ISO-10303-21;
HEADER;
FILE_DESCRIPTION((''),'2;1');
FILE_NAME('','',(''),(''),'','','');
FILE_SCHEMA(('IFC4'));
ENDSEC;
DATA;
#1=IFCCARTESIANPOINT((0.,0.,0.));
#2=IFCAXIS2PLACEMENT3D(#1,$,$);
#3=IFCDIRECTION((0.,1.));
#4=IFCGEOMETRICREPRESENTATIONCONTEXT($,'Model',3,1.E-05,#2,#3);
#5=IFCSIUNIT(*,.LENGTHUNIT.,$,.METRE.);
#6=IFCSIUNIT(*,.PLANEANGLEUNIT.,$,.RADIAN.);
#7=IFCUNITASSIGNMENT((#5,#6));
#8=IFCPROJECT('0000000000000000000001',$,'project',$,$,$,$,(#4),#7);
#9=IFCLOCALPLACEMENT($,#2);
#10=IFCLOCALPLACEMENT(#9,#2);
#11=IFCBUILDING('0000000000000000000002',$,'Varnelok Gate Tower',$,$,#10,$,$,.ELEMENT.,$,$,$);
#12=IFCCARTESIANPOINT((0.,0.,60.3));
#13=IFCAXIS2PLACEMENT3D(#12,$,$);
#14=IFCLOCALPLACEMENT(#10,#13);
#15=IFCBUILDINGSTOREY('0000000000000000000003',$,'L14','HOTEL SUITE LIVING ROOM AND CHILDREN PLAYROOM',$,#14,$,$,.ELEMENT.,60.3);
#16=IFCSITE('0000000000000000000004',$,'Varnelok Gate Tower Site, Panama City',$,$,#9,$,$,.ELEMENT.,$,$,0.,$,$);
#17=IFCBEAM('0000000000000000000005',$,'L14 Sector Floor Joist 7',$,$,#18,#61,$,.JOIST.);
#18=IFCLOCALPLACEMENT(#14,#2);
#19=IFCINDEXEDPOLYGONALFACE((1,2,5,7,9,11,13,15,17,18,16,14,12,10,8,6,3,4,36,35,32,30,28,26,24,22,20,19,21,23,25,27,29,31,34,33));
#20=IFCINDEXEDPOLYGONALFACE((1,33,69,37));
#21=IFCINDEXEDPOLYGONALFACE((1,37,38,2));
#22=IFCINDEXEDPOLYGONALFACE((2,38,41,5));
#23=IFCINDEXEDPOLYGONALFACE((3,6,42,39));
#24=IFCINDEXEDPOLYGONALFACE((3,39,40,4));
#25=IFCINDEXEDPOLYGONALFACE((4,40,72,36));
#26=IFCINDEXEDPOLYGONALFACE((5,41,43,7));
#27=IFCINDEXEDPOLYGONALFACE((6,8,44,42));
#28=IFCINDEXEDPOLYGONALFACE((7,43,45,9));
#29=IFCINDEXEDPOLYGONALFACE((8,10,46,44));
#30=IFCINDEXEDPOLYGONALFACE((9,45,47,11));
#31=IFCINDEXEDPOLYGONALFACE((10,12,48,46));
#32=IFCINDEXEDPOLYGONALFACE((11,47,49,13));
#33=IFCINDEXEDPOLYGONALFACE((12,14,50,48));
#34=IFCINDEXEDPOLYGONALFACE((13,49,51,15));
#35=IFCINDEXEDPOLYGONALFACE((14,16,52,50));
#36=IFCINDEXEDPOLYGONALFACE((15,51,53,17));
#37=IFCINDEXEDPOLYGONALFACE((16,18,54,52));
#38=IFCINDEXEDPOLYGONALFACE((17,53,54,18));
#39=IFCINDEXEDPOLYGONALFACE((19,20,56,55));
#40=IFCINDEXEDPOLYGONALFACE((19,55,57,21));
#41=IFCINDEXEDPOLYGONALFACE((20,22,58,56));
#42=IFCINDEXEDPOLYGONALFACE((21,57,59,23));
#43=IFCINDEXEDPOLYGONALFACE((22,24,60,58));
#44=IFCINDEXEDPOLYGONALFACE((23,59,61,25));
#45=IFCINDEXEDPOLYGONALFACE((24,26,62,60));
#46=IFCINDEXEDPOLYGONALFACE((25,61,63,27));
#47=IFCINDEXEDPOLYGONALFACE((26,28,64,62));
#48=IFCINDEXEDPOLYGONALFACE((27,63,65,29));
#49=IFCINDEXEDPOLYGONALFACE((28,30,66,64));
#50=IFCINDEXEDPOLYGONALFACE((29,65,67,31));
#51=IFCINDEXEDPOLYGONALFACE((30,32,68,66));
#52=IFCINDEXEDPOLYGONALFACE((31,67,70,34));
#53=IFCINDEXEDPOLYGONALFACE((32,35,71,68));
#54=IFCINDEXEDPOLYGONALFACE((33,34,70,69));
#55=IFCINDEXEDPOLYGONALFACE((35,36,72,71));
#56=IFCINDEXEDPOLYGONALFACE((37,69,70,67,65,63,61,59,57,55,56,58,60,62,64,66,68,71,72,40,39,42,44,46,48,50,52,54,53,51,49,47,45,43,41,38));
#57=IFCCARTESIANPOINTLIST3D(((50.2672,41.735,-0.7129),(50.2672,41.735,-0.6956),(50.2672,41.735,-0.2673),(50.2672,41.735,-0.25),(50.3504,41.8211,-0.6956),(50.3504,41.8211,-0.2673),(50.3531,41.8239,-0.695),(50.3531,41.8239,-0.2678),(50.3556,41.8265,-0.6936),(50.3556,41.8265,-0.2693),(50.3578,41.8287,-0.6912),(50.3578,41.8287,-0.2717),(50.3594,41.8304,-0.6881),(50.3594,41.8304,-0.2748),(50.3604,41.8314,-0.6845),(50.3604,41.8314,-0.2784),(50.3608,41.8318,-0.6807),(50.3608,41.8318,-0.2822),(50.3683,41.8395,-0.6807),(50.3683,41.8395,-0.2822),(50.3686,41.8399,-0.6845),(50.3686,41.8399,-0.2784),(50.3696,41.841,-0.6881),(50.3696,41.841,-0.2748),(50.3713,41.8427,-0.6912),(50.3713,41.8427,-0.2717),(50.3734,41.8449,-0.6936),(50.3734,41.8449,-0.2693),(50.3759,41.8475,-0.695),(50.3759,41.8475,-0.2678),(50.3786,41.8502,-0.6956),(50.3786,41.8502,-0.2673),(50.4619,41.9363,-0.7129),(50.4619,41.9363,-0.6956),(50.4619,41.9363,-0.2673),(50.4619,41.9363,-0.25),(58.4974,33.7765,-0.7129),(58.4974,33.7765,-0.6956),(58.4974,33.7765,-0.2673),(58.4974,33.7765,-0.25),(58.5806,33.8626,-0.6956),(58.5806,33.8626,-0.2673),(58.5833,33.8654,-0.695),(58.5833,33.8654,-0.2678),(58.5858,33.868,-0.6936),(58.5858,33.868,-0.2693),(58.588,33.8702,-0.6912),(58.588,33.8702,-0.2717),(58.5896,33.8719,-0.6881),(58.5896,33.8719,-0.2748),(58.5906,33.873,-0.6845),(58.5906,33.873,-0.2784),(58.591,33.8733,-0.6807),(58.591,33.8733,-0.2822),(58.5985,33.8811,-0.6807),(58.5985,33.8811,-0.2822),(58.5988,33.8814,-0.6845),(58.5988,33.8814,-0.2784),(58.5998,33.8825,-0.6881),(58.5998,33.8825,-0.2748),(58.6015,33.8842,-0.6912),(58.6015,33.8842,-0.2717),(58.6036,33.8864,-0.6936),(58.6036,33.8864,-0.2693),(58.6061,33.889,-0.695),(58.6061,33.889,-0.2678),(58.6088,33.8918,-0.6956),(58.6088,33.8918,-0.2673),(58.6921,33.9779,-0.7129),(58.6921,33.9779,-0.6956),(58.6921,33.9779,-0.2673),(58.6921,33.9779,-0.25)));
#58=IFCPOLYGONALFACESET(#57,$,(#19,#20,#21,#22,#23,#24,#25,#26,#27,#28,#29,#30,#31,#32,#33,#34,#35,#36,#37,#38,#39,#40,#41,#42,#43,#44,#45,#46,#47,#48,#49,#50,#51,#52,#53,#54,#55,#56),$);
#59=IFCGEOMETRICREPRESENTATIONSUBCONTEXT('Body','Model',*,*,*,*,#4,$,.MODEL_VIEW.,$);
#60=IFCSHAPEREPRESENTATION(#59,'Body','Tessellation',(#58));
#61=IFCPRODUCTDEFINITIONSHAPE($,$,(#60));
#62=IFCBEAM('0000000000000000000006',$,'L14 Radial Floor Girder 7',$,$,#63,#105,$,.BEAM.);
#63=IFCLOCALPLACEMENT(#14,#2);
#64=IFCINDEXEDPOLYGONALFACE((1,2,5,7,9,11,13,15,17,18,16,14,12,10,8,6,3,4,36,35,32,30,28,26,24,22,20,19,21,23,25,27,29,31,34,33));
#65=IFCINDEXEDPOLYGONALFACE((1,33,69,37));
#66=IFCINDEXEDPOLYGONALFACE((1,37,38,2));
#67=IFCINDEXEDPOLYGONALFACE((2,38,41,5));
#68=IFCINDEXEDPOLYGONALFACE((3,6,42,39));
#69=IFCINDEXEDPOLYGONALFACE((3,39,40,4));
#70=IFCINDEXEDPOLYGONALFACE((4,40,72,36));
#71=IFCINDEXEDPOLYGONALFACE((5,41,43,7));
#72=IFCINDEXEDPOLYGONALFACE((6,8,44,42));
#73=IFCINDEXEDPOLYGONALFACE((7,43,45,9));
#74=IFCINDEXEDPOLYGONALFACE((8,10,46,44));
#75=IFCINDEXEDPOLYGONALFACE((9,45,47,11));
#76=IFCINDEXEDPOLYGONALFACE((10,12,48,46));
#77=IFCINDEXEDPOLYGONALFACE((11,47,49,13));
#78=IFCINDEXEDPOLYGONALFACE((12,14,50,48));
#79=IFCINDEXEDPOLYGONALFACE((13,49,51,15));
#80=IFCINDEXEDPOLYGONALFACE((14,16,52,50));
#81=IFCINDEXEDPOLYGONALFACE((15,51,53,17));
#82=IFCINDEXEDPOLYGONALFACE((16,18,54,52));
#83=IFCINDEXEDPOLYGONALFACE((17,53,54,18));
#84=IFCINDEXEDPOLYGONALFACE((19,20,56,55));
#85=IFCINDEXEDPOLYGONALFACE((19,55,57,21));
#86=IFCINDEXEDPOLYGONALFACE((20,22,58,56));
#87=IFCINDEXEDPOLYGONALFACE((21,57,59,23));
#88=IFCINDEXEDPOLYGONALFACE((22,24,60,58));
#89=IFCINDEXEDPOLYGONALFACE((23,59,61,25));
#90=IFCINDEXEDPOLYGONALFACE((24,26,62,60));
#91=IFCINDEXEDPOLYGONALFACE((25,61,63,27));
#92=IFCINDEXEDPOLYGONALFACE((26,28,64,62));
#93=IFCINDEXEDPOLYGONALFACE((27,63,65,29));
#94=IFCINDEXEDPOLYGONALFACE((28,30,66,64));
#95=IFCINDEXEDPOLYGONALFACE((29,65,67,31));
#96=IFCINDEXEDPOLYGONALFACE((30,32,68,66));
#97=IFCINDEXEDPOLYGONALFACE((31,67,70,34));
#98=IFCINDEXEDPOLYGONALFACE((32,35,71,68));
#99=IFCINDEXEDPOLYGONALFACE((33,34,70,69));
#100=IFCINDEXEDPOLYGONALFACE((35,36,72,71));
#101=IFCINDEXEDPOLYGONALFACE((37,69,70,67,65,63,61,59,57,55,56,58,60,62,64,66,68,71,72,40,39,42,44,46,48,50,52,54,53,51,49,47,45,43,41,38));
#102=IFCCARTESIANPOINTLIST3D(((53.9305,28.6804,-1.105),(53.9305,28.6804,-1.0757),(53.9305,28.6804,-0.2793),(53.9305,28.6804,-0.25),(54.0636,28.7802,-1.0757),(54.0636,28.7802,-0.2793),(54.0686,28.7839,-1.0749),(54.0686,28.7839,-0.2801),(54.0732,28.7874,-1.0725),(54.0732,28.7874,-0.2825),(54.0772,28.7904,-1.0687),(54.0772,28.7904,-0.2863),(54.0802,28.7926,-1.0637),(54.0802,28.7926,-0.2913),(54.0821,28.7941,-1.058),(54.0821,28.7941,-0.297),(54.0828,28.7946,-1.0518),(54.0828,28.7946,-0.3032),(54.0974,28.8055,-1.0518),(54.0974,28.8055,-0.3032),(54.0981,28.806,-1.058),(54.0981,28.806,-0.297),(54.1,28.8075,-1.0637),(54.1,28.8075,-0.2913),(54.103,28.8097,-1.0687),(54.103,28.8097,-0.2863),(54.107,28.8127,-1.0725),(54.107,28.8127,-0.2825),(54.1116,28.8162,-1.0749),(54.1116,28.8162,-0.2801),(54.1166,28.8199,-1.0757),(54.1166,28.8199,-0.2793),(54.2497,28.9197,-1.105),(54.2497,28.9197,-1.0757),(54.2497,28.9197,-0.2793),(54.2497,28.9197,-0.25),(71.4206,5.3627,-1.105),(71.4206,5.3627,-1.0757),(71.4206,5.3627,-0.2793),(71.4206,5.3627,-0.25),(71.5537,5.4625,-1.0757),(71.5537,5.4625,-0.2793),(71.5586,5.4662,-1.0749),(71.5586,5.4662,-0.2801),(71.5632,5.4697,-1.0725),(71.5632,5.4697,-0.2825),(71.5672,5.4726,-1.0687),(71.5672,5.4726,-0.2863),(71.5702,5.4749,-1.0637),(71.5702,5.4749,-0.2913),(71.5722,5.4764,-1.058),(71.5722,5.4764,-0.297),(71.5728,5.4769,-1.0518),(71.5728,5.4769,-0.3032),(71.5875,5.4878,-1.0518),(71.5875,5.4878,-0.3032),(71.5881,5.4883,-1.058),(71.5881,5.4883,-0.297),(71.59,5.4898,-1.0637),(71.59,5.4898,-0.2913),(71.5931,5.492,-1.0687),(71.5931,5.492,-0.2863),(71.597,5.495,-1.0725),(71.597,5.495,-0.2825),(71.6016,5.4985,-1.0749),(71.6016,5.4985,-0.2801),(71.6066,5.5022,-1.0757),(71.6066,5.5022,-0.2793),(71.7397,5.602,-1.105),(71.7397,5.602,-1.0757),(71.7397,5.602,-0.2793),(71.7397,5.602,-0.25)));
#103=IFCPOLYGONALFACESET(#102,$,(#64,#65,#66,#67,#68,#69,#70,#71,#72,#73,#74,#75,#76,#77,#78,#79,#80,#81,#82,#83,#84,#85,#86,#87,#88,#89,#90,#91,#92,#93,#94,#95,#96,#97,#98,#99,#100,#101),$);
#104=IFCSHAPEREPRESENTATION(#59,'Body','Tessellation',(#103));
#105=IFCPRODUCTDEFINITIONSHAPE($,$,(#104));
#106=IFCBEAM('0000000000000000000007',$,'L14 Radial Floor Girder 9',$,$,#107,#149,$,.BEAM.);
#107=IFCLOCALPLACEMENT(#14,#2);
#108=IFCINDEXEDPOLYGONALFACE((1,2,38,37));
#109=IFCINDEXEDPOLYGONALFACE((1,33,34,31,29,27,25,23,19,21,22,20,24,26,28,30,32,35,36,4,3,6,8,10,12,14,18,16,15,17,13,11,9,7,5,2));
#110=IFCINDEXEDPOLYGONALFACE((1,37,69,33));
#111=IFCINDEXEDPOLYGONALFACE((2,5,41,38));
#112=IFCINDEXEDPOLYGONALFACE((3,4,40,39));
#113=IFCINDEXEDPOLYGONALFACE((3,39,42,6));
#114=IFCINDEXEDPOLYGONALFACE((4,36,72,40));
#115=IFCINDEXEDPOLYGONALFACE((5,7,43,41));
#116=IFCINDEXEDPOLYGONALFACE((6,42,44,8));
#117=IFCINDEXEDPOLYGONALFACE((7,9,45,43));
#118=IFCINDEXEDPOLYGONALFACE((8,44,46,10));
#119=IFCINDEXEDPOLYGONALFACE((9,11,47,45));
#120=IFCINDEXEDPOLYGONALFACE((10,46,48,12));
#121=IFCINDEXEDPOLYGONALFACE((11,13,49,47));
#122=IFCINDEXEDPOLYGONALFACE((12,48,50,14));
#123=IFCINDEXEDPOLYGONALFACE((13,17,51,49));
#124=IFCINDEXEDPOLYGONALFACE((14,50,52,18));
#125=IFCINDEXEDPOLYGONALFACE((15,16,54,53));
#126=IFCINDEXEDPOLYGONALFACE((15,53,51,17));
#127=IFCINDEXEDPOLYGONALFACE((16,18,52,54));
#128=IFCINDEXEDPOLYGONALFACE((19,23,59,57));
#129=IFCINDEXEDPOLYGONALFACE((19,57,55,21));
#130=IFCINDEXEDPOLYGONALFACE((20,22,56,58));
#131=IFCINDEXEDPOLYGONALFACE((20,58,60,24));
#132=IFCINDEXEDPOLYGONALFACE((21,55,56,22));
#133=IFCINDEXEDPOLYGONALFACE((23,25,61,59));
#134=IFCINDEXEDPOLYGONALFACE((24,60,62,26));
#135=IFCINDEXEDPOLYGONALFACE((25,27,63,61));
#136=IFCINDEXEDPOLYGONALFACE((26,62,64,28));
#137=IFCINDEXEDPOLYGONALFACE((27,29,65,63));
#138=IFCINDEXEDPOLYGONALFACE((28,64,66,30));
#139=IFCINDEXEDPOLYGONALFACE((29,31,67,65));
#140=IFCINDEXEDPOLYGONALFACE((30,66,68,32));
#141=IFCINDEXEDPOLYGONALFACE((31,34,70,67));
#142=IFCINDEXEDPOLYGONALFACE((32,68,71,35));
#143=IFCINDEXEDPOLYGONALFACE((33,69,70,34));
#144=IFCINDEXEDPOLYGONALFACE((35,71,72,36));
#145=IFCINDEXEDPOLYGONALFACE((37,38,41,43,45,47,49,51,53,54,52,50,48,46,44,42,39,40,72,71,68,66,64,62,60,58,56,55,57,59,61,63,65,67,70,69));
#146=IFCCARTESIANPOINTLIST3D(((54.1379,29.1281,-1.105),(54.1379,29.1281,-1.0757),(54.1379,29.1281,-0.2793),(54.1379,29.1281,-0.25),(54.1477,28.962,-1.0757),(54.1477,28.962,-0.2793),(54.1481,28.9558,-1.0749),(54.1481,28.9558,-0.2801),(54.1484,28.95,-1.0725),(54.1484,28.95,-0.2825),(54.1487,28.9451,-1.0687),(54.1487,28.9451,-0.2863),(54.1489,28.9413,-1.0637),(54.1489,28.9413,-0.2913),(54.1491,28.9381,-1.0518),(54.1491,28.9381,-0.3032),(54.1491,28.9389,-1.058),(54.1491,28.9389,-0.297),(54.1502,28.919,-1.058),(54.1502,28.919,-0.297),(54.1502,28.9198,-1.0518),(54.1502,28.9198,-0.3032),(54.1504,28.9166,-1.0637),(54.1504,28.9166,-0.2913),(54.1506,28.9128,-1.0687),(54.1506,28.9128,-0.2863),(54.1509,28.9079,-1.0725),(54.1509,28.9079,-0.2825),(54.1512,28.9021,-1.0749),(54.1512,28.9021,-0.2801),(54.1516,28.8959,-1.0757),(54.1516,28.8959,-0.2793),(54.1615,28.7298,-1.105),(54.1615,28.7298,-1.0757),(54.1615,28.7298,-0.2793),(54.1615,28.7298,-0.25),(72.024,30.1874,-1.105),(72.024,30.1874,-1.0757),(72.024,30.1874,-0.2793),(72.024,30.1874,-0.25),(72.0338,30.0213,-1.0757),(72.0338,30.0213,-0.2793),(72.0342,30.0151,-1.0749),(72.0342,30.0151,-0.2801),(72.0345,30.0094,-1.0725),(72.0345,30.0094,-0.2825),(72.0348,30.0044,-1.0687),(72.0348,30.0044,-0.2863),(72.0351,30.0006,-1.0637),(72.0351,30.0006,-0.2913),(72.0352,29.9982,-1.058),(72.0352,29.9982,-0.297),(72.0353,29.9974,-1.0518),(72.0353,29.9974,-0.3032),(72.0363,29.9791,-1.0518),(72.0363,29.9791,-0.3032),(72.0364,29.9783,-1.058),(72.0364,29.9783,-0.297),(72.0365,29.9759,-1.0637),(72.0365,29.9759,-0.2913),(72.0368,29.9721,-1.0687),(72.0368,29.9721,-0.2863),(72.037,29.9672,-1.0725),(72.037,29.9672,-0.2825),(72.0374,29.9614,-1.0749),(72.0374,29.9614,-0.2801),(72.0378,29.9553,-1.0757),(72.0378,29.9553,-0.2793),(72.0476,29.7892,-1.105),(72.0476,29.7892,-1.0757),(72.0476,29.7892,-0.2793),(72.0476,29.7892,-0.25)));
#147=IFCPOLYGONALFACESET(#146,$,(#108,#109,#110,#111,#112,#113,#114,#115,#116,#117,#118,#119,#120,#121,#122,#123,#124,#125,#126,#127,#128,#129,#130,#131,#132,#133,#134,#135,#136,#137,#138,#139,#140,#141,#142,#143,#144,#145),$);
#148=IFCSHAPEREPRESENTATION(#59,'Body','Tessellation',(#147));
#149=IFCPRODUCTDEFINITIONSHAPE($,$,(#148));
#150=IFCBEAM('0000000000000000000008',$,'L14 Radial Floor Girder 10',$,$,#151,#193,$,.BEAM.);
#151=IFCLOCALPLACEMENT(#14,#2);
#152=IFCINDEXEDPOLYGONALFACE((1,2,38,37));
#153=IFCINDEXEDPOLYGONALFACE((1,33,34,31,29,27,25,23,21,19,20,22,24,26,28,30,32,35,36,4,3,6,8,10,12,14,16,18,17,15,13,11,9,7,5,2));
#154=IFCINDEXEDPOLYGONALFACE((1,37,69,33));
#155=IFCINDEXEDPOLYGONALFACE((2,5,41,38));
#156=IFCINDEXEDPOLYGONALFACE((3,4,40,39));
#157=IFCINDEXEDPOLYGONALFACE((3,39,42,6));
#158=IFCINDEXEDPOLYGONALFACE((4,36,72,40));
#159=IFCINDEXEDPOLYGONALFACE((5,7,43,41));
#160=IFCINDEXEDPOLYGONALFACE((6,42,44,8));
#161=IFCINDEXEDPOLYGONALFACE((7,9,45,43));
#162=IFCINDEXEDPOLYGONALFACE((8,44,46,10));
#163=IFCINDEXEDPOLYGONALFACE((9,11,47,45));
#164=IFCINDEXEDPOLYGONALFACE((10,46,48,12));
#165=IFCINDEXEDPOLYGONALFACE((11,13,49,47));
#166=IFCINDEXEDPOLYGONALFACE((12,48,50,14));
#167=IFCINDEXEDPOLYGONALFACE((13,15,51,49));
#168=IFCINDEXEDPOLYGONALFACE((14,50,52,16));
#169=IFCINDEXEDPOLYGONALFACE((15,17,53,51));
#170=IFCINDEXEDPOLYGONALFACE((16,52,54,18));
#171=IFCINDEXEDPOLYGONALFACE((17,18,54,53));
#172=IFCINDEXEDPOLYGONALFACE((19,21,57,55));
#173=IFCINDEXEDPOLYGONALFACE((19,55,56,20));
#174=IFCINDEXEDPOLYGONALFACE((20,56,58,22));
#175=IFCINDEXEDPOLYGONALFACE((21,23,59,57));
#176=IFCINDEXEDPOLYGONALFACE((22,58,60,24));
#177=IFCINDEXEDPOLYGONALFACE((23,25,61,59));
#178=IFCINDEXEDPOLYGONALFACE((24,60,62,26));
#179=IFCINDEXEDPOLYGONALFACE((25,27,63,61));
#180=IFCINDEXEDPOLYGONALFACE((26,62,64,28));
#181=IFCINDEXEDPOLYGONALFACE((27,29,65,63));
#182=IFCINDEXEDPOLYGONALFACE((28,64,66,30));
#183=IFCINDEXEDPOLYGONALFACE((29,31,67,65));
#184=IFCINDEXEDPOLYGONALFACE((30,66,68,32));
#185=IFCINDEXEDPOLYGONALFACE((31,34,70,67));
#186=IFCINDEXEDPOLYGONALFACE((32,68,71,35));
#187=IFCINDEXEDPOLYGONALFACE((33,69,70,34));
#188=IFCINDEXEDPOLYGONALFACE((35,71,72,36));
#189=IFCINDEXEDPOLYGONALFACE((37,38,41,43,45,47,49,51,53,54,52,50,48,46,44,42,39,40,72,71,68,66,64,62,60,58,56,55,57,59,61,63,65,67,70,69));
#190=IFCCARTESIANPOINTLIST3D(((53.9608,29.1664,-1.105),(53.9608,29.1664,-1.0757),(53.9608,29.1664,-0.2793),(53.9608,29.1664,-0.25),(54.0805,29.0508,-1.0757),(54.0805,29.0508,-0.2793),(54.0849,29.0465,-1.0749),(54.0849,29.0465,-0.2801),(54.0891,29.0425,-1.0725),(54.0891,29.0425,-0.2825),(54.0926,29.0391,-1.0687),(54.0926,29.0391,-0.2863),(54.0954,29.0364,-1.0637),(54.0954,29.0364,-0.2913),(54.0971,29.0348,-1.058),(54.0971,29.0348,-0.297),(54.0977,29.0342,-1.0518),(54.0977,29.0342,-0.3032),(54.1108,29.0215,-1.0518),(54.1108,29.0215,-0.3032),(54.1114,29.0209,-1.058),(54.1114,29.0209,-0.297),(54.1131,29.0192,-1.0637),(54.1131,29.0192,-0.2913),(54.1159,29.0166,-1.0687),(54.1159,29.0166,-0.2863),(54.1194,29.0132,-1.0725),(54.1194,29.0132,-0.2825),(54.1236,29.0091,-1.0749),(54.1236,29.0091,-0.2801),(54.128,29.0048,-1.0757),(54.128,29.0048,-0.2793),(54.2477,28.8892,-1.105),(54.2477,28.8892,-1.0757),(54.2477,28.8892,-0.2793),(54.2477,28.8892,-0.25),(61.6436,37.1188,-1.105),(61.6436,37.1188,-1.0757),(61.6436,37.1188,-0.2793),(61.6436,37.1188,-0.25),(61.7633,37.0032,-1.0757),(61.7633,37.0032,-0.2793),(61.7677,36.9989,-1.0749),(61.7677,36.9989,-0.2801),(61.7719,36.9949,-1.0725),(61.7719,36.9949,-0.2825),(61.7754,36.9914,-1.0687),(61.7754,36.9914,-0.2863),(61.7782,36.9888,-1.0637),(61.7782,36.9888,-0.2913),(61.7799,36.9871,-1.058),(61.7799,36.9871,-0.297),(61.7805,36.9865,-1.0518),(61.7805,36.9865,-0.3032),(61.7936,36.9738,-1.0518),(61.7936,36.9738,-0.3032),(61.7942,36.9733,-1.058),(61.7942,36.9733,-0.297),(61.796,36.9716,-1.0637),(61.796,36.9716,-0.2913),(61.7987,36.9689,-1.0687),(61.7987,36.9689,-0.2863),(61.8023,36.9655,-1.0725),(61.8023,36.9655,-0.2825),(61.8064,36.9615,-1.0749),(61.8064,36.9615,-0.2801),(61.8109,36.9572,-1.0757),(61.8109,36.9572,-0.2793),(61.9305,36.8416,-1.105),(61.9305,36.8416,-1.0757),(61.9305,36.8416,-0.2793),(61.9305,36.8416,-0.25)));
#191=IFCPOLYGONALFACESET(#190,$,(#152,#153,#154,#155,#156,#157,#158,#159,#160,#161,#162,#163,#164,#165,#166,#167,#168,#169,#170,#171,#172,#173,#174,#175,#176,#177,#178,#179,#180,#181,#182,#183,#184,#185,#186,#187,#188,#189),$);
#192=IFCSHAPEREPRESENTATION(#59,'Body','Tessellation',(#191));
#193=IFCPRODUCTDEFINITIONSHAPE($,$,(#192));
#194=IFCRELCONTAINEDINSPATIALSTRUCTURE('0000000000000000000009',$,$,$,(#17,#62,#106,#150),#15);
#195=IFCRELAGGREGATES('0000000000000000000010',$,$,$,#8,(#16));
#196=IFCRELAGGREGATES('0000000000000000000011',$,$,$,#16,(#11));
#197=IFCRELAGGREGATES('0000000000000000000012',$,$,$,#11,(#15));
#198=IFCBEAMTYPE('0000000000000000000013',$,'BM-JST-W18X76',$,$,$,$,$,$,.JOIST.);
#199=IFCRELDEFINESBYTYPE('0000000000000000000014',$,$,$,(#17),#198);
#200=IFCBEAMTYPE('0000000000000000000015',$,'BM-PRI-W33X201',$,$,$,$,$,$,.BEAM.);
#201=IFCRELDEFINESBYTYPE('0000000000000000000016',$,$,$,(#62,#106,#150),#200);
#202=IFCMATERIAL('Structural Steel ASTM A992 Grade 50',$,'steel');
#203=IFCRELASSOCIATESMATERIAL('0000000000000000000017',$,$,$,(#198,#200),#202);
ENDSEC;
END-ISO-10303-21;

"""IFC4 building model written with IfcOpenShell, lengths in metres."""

from ifc_helpers import new_model, si_unit, direction, frame, origin, origin_2d, place, context, subcontext, project, spatial, i_section, extrude, material, material_profile, profile_set, type_object, element, save


model = new_model("IFC4")

# Units and contexts
model_context = context("Model", 3, precision=1e-05, world=origin(), true_north=direction((0.0, 1.0)))
body_context = subcontext(model_context, "Body", "Model", "MODEL_VIEW")
ifc_project = project(units=[si_unit("LENGTHUNIT", "METRE"), si_unit("PLANEANGLEUNIT", "RADIAN")], contexts=[model_context])

# Site, building, storey
site_placement = place(None, origin())
site = spatial("IfcSite", under=ifc_project, at=site_placement, Name="Varnelok Gate Tower Site, Panama City", CompositionType="ELEMENT", RefElevation=0.0)
building_placement = place(site_placement, origin())
building = spatial("IfcBuilding", under=site, at=building_placement, Name="Varnelok Gate Tower", CompositionType="ELEMENT")
storey_placement = place(building_placement, frame((0.0, 0.0, 60.3)))
storey = spatial("IfcBuildingStorey", under=building, at=storey_placement, Name="L14", Description="HOTEL SUITE LIVING ROOM AND CHILDREN PLAYROOM", CompositionType="ELEMENT", Elevation=60.3)

# Shared definitions
ifc_material_1 = material(Name="Structural Steel ASTM A992 Grade 50", Category="steel")

# Beams
ifc_material_profile_1 = material_profile(ifc_material_1, i_section(OverallWidth=0.28, OverallDepth=0.4629, WebThickness=0.0107, FlangeThickness=0.0173, FilletRadius=0.0149, at=origin_2d()), Name="W18X76")
ifc_profile_set_1 = profile_set([ifc_material_profile_1], Name="Structural Steel ASTM A992 Grade 50")
beam_type_1 = type_object("IfcBeamType", Name="BM-JST-W18X76", PredefinedType="JOIST", material=ifc_profile_set_1)
beam_1_placement = place(storey_placement, frame((58.5947, 33.8772, -0.4814), z_axis=(-0.718874, 0.69514, 0.0), x_axis=(-0.69514, -0.718874, 0.0)))
element("IfcBeam", 1, at=beam_1_placement, inside=storey, type_object=beam_type_1, Name="L14 Sector Floor Joist 7", PredefinedType="JOIST", context=body_context, shape_type="SweptSolid", body=[
    extrude(i_section(OverallWidth=0.28, OverallDepth=0.4629, WebThickness=0.0107, FlangeThickness=0.0173, FilletRadius=0.0149, at=origin_2d()), origin(), (0.0, 0.0, 1.0), 11.4487),
])
ifc_material_profile_2 = material_profile(ifc_material_1, i_section(OverallWidth=0.3989, OverallDepth=0.855, WebThickness=0.0183, FlangeThickness=0.0293, FilletRadius=0.0239, at=origin_2d()), Name="W33X201")
ifc_profile_set_2 = profile_set([ifc_material_profile_2], Name="Structural Steel ASTM A992 Grade 50")
beam_type_2 = type_object("IfcBeamType", Name="BM-PRI-W33X201", PredefinedType="BEAM", material=ifc_profile_set_2)
beam_2_placement = place(storey_placement, frame((54.0901, 28.8, -0.6775), z_axis=(0.600039, -0.799971, 0.0), x_axis=(0.799971, 0.600039, 0.0)))
element("IfcBeam", 2, at=beam_2_placement, inside=storey, type_object=beam_type_2, Name="L14 Radial Floor Girder 7", PredefinedType="BEAM", context=body_context, shape_type="SweptSolid", body=[
    extrude(i_section(OverallWidth=0.3989, OverallDepth=0.855, WebThickness=0.0183, FlangeThickness=0.0293, FilletRadius=0.0239, at=origin_2d()), origin(), (0.0, 0.0, 1.0), 29.1482),
])
beam_3_placement = place(storey_placement, frame((54.1497, 28.929, -0.6775), z_axis=(0.998251, 0.059122, 0.0), x_axis=(-0.059122, 0.998251, 0.0)))
element("IfcBeam", 3, at=beam_3_placement, inside=storey, type_object=beam_type_2, Name="L14 Radial Floor Girder 9", PredefinedType="BEAM", context=body_context, shape_type="SweptSolid", body=[
    extrude(i_section(OverallWidth=0.3989, OverallDepth=0.855, WebThickness=0.0183, FlangeThickness=0.0293, FilletRadius=0.0239, at=origin_2d()), origin(), (0.0, 0.0, 1.0), 17.9175),
])
beam_4_placement = place(storey_placement, frame((54.1042, 29.0278, -0.6775), z_axis=(0.694814, 0.71919, 0.0), x_axis=(-0.71919, 0.694814, 0.0)))
element("IfcBeam", 4, at=beam_4_placement, inside=storey, type_object=beam_type_2, Name="L14 Radial Floor Girder 10", PredefinedType="BEAM", context=body_context, shape_type="SweptSolid", body=[
    extrude(i_section(OverallWidth=0.3989, OverallDepth=0.855, WebThickness=0.0183, FlangeThickness=0.0293, FilletRadius=0.0239, at=origin_2d()), origin(), (0.0, 0.0, 1.0), 11.0574),
])

save(model, "model.ifc")
